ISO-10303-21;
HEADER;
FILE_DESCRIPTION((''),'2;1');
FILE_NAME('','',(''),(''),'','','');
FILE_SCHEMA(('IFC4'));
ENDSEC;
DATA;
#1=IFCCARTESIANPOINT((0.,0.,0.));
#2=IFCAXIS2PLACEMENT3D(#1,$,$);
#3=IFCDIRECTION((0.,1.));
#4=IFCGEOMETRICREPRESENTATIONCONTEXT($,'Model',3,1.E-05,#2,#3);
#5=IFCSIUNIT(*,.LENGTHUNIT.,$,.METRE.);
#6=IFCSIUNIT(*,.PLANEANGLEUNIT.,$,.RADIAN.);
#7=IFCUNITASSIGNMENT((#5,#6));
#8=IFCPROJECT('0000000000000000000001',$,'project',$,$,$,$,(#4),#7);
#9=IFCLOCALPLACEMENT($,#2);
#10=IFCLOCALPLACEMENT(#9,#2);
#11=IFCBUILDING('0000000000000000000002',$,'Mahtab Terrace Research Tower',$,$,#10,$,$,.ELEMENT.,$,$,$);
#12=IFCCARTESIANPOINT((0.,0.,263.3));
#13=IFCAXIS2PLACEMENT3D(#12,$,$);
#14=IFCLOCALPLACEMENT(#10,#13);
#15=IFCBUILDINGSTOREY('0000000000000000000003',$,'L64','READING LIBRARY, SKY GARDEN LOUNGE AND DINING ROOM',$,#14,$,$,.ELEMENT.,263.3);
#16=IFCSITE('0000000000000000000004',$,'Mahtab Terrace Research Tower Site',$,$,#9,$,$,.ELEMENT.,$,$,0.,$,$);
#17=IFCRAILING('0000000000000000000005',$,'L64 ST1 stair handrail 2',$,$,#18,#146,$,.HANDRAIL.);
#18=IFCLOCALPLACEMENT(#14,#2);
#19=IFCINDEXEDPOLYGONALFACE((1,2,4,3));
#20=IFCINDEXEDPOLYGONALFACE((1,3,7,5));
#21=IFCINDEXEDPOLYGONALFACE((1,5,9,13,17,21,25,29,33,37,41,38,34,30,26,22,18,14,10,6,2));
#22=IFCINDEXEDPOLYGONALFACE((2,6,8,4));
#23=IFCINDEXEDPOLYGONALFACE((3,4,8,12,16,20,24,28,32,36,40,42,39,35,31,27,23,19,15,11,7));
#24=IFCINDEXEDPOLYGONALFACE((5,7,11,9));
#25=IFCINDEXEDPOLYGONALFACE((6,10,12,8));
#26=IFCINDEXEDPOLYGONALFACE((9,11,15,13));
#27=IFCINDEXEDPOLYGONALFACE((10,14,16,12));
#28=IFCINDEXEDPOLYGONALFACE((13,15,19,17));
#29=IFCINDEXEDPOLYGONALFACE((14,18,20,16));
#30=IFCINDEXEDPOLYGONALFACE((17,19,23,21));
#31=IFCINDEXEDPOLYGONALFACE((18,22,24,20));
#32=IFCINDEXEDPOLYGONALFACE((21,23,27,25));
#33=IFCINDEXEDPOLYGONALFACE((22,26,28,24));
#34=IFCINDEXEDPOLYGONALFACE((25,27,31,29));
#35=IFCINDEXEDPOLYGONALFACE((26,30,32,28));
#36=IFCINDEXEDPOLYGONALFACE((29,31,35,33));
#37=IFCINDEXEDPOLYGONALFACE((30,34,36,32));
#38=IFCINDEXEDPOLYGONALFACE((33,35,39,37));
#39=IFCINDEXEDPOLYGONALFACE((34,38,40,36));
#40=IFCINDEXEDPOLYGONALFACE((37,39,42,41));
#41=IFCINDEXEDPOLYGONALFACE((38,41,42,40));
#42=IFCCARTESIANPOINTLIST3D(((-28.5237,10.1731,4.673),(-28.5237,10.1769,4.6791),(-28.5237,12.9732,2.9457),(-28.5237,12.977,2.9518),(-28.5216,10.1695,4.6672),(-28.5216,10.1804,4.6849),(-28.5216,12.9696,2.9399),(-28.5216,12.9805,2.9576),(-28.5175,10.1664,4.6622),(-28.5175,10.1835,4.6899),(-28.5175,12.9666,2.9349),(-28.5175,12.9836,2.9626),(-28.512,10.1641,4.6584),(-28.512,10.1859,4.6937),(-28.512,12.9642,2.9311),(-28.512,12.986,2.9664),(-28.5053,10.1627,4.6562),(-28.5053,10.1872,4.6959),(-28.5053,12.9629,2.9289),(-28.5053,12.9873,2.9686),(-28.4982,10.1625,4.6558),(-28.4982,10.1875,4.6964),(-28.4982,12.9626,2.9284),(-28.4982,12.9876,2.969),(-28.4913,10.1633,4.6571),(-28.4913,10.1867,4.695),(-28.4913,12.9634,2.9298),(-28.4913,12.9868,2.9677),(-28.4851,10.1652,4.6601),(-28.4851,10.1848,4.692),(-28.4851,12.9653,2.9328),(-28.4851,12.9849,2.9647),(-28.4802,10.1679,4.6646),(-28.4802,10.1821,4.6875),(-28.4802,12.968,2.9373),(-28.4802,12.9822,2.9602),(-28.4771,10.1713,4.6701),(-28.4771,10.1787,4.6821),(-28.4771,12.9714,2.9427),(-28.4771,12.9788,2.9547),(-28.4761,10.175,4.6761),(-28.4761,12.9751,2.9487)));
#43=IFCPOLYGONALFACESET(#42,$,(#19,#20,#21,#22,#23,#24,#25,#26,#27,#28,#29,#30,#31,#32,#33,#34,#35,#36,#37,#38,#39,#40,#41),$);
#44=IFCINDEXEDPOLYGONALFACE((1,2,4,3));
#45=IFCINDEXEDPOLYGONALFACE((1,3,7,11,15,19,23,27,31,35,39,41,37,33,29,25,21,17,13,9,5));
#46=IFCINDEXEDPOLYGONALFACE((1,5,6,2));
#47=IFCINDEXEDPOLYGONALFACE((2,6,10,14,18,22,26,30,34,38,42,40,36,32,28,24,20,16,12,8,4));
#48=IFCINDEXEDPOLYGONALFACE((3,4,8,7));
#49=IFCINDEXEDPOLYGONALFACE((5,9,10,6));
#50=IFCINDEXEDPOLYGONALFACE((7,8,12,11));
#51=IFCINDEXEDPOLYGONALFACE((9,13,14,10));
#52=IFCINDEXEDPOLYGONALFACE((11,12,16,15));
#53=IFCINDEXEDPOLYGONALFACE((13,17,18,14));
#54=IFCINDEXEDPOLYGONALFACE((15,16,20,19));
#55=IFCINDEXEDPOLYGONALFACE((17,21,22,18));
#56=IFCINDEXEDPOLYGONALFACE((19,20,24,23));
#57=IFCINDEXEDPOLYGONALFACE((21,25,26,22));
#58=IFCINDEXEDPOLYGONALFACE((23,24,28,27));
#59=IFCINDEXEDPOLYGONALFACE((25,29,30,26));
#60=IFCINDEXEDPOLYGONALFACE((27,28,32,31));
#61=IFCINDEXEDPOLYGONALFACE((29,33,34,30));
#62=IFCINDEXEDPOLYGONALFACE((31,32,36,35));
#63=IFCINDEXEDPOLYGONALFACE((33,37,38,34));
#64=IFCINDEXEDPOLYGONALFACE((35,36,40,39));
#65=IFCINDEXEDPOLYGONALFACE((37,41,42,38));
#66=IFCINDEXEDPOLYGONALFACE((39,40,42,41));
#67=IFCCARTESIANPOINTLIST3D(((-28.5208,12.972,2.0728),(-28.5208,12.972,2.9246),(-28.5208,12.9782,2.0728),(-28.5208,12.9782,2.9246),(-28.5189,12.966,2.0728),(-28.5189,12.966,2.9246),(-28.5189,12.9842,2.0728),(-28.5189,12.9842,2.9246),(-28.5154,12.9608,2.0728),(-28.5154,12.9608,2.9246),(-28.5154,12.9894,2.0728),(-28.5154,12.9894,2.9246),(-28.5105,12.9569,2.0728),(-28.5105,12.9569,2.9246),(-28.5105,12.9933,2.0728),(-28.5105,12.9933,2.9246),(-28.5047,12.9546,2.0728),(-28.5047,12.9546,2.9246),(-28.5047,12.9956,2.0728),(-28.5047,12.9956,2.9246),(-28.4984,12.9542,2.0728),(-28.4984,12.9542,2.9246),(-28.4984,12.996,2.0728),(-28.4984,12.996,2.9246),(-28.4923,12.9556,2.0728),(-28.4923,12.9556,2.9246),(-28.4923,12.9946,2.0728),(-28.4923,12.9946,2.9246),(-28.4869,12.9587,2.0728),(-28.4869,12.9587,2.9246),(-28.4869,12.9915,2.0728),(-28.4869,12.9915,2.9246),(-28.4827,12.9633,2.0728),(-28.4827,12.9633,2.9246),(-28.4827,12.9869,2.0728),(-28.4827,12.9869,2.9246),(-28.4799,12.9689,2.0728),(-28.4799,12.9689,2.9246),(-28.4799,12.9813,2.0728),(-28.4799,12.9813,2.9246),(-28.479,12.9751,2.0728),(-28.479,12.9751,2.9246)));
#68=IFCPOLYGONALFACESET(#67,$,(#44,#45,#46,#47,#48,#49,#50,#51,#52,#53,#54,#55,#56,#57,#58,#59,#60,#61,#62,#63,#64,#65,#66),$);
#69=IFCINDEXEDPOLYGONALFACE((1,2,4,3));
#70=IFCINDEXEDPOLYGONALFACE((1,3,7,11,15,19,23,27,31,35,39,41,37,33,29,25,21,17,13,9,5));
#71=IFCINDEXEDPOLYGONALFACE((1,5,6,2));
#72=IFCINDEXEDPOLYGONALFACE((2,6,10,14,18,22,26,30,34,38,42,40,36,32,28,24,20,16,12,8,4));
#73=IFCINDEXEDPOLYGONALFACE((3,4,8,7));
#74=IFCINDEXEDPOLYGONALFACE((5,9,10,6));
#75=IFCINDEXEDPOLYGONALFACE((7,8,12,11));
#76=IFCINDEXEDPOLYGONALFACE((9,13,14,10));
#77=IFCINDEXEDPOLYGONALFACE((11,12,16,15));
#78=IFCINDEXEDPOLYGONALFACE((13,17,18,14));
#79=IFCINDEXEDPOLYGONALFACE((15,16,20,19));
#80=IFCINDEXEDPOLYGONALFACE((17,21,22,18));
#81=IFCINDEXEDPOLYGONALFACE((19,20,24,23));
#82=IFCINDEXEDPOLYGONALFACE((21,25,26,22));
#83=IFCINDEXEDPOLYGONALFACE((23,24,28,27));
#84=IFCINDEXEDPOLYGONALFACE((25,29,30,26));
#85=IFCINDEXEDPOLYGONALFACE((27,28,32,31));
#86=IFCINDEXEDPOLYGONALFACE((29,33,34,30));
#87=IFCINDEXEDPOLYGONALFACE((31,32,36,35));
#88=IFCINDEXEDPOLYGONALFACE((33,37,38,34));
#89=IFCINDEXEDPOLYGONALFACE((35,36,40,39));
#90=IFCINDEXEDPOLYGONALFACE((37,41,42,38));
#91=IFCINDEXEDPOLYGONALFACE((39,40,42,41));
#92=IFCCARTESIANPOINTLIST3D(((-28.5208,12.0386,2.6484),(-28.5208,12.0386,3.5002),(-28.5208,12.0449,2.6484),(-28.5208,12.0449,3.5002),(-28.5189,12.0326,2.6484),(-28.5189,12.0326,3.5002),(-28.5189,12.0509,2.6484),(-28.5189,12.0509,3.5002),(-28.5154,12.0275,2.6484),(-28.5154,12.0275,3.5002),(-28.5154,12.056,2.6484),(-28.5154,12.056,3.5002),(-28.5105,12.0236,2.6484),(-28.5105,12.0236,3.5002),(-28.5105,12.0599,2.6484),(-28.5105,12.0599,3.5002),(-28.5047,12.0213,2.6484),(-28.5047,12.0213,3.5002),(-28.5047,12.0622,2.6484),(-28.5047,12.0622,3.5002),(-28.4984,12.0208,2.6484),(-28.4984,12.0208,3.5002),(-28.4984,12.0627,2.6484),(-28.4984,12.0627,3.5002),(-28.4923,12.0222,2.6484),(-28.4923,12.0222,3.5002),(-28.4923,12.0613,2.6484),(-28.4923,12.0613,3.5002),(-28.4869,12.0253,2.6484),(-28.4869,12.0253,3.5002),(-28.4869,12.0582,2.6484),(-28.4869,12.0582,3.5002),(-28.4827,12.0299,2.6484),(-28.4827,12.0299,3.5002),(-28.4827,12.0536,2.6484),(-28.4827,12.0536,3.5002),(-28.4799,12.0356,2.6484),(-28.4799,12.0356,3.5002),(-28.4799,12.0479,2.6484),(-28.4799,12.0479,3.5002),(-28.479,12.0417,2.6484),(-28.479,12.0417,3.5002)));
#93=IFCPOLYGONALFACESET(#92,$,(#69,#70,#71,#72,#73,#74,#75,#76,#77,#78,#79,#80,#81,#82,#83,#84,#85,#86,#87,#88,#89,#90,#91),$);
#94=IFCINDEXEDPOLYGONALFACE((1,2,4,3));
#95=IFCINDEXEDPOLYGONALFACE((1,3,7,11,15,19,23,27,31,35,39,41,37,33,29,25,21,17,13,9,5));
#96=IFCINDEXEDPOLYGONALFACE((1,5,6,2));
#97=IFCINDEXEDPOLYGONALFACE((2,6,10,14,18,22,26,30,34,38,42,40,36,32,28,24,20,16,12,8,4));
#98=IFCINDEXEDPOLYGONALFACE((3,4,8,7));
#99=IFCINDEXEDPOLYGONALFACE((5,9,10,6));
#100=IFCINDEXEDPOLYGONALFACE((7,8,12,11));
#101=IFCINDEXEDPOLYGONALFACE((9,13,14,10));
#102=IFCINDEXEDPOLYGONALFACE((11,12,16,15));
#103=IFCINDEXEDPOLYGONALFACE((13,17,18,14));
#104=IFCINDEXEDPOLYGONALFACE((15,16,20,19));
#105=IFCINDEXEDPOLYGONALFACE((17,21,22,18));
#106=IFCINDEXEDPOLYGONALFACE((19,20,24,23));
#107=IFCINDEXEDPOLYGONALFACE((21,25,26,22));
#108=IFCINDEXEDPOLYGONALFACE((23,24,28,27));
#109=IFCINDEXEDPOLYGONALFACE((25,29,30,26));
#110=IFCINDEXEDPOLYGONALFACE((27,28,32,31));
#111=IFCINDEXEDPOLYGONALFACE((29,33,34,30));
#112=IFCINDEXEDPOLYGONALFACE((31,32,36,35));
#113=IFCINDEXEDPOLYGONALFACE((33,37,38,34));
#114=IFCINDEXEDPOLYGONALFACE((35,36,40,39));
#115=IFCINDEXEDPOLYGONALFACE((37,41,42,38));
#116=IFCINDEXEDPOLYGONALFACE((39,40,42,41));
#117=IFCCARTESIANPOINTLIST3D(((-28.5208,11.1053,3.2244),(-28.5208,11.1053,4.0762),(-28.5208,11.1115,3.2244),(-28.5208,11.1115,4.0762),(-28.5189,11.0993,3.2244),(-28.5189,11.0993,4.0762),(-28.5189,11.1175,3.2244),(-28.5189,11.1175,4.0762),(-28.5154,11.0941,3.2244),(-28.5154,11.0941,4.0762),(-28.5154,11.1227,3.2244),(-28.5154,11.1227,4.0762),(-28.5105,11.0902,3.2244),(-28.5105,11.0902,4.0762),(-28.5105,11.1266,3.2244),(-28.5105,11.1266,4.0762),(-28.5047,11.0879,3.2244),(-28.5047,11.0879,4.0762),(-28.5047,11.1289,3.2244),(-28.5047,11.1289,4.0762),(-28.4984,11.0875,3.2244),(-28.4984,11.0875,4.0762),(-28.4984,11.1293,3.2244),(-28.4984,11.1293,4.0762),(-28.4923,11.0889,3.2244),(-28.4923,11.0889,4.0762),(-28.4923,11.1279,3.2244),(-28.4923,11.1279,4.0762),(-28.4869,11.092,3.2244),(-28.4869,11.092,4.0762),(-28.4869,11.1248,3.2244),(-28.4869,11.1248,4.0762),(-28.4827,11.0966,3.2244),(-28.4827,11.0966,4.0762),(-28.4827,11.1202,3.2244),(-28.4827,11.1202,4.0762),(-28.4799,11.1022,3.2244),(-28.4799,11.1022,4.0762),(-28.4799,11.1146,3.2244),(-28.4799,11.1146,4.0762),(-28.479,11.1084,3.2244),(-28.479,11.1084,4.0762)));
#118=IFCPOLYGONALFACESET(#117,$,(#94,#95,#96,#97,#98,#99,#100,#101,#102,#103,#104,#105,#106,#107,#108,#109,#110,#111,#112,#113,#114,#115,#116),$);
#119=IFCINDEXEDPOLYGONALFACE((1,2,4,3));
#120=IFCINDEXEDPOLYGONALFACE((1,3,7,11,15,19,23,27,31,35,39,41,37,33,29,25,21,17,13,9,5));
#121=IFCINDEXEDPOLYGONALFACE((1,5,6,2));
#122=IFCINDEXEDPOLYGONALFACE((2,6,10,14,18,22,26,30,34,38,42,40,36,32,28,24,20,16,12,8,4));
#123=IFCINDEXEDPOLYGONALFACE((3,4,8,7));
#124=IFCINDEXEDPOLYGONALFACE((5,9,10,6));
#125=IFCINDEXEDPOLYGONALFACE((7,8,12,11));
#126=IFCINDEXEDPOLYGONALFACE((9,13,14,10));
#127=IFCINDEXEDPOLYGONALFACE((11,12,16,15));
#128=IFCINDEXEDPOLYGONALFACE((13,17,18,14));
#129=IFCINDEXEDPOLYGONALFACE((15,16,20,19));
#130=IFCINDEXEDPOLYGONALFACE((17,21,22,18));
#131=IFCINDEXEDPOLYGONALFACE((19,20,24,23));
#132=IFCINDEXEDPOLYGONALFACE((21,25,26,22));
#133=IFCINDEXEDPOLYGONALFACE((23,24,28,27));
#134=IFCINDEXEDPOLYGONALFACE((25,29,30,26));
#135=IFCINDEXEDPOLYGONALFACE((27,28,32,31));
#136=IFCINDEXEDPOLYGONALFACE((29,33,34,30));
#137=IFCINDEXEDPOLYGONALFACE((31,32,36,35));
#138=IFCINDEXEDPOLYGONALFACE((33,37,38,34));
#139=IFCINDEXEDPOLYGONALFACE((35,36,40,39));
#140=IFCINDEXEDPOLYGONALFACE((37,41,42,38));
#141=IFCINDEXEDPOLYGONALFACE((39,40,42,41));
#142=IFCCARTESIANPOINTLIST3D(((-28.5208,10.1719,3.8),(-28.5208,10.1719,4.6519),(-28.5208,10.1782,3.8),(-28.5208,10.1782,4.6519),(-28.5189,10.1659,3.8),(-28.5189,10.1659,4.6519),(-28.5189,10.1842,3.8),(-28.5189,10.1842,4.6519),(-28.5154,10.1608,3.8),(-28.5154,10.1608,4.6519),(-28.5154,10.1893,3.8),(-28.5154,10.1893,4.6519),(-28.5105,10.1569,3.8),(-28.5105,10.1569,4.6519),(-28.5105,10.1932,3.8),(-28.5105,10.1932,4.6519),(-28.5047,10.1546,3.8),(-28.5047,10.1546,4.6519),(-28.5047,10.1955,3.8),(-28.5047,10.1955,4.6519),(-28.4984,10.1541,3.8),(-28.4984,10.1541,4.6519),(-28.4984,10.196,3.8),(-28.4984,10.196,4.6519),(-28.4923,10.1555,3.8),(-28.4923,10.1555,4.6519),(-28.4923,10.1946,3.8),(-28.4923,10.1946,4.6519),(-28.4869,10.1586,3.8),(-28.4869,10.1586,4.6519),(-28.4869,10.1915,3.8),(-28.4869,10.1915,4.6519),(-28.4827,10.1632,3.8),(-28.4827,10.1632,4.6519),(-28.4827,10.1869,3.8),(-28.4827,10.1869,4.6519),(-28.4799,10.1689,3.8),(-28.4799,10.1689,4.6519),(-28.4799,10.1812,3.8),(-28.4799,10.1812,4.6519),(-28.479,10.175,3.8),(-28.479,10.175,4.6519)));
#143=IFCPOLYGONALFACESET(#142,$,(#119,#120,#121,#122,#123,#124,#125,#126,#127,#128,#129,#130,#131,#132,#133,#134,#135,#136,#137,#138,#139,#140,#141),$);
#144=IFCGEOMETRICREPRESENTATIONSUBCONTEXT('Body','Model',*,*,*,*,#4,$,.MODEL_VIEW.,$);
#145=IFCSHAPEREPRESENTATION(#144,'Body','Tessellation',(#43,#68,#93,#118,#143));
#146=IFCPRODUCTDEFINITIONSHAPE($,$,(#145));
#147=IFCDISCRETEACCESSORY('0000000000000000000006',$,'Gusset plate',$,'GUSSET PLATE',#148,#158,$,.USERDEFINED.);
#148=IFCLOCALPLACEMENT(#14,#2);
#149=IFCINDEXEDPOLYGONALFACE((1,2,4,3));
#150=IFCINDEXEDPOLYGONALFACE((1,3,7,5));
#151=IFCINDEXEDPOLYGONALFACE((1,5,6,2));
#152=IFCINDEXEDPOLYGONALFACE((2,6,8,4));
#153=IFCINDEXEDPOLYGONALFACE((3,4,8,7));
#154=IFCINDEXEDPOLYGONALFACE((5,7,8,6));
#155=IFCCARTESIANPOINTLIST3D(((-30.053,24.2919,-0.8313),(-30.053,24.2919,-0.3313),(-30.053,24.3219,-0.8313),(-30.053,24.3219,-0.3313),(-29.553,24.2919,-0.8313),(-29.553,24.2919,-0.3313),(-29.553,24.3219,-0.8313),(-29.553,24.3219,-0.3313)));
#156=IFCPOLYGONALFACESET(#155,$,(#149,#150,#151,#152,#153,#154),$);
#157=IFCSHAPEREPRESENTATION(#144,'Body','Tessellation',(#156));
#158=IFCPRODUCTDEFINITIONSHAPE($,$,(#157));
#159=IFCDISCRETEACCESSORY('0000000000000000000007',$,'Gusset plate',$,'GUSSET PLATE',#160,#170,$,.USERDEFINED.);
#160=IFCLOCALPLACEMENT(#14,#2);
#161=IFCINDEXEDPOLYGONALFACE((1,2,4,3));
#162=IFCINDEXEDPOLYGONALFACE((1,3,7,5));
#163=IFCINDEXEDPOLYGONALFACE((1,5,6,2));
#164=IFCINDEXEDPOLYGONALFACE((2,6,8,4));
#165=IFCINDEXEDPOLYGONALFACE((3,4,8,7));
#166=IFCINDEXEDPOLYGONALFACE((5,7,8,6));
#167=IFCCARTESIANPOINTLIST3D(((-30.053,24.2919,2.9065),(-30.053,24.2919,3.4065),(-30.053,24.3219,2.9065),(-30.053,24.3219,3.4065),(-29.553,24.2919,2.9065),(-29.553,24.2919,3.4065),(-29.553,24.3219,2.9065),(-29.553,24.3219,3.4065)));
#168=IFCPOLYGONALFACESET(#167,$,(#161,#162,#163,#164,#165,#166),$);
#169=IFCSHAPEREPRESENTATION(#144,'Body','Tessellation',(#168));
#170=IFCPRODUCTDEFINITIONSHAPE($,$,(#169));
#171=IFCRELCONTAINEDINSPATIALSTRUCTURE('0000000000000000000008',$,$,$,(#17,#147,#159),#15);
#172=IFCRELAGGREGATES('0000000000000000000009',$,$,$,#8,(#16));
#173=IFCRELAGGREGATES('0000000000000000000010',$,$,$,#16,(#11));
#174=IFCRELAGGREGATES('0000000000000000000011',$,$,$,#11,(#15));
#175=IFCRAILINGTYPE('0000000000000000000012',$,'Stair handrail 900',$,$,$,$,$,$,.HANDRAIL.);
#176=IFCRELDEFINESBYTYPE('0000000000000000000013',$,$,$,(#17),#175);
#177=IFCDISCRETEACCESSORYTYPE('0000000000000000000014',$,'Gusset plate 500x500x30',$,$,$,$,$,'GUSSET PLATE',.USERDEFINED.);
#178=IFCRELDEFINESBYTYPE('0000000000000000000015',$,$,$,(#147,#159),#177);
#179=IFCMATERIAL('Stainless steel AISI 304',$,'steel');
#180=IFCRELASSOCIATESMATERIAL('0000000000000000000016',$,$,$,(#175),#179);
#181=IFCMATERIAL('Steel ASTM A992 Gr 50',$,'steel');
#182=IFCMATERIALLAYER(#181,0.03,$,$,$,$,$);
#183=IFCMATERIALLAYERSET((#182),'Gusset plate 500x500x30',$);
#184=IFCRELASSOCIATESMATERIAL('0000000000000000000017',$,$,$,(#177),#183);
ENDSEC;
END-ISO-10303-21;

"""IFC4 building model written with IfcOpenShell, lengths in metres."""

from ifc_helpers import new_model, si_unit, direction, frame, origin, origin_2d, place, context, subcontext, project, spatial, rectangle, circle, extrude, material, layer, layer_set, type_object, element, save


model = new_model("IFC4")

# Units and contexts
model_context = context("Model", 3, precision=1e-05, world=origin(), true_north=direction((0.0, 1.0)))
body_context = subcontext(model_context, "Body", "Model", "MODEL_VIEW")
ifc_project = project(units=[si_unit("LENGTHUNIT", "METRE"), si_unit("PLANEANGLEUNIT", "RADIAN")], contexts=[model_context])

# Site, building, storey
site_placement = place(None, origin())
site = spatial("IfcSite", under=ifc_project, at=site_placement, Name="Mahtab Terrace Research Tower Site", CompositionType="ELEMENT", RefElevation=0.0)
building_placement = place(site_placement, origin())
building = spatial("IfcBuilding", under=site, at=building_placement, Name="Mahtab Terrace Research Tower", CompositionType="ELEMENT")
storey_placement = place(building_placement, frame((0.0, 0.0, 263.3)))
storey = spatial("IfcBuildingStorey", under=building, at=storey_placement, Name="L64", Description="READING LIBRARY, SKY GARDEN LOUNGE AND DINING ROOM", CompositionType="ELEMENT", Elevation=263.3)

# Shared definitions
ifc_material_1 = material(Name="Steel ASTM A992 Gr 50", Category="steel")

# Railing
ifc_material_2 = material(Name="Stainless steel AISI 304", Category="steel")
railing_type_1 = type_object("IfcRailingType", Name="Stair handrail 900", PredefinedType="HANDRAIL", material=ifc_material_2)
railing_1_placement = place(storey_placement, frame((-28.5, 12.9751, 2.0728)))
element("IfcRailing", 1, at=railing_1_placement, inside=storey, type_object=railing_type_1, Name="L64 ST1 stair handrail 2", PredefinedType="HANDRAIL", context=body_context, shape_type="SweptSolid", body=[
    extrude(circle(Radius=0.0239, at=origin_2d()), frame((0.0, 0.0, 0.876), z_axis=(0.0, -0.85109, 0.52502), x_axis=(1.0, 0.0, 0.0)), (0.0, 0.0, 1.0), 3.29),
    extrude(circle(Radius=0.021, at=origin_2d()), origin(), (0.0, 0.0, 1.0), 0.8518),
    extrude(circle(Radius=0.021, at=origin_2d()), frame((0.0, -0.9333, 0.5757)), (0.0, 0.0, 1.0), 0.8518),
    extrude(circle(Radius=0.021, at=origin_2d()), frame((0.0, -1.8667, 1.1516)), (0.0, 0.0, 1.0), 0.8518),
    extrude(circle(Radius=0.021, at=origin_2d()), frame((0.0, -2.8, 1.7273)), (0.0, 0.0, 1.0), 0.8518),
])

# Discrete accessories
ifc_layer_1 = layer(ifc_material_1, 0.03)
ifc_layer_set_1 = layer_set([ifc_layer_1], Name="Gusset plate 500x500x30")
discrete_accessory_type = type_object("IfcDiscreteAccessoryType", Name="Gusset plate 500x500x30", ElementType="GUSSET PLATE", PredefinedType="USERDEFINED", material=ifc_layer_set_1)
for number, where, z_axis, x_axis, name in (
    (2, (-29.803, 24.3069, -0.8313), (0.0, 0.0, 1.0), (1.0, 0.0, 0.0), "Gusset plate"),
    (3, (-29.803, 24.3069, 2.9065), (0.0, 0.0, 1.0), (1.0, 0.0, 0.0), "Gusset plate"),
):
    element("IfcDiscreteAccessory", number, at=place(storey_placement, frame(where, z_axis=z_axis, x_axis=x_axis)), inside=storey, type_object=discrete_accessory_type, Name=name, ObjectType="GUSSET PLATE", PredefinedType="USERDEFINED", context=body_context, shape_type="SweptSolid", body=[
        extrude(rectangle(XDim=0.5, YDim=0.03, at=origin_2d()), origin(), (0.0, 0.0, 1.0), 0.5),
    ])

save(model, "model.ifc")
